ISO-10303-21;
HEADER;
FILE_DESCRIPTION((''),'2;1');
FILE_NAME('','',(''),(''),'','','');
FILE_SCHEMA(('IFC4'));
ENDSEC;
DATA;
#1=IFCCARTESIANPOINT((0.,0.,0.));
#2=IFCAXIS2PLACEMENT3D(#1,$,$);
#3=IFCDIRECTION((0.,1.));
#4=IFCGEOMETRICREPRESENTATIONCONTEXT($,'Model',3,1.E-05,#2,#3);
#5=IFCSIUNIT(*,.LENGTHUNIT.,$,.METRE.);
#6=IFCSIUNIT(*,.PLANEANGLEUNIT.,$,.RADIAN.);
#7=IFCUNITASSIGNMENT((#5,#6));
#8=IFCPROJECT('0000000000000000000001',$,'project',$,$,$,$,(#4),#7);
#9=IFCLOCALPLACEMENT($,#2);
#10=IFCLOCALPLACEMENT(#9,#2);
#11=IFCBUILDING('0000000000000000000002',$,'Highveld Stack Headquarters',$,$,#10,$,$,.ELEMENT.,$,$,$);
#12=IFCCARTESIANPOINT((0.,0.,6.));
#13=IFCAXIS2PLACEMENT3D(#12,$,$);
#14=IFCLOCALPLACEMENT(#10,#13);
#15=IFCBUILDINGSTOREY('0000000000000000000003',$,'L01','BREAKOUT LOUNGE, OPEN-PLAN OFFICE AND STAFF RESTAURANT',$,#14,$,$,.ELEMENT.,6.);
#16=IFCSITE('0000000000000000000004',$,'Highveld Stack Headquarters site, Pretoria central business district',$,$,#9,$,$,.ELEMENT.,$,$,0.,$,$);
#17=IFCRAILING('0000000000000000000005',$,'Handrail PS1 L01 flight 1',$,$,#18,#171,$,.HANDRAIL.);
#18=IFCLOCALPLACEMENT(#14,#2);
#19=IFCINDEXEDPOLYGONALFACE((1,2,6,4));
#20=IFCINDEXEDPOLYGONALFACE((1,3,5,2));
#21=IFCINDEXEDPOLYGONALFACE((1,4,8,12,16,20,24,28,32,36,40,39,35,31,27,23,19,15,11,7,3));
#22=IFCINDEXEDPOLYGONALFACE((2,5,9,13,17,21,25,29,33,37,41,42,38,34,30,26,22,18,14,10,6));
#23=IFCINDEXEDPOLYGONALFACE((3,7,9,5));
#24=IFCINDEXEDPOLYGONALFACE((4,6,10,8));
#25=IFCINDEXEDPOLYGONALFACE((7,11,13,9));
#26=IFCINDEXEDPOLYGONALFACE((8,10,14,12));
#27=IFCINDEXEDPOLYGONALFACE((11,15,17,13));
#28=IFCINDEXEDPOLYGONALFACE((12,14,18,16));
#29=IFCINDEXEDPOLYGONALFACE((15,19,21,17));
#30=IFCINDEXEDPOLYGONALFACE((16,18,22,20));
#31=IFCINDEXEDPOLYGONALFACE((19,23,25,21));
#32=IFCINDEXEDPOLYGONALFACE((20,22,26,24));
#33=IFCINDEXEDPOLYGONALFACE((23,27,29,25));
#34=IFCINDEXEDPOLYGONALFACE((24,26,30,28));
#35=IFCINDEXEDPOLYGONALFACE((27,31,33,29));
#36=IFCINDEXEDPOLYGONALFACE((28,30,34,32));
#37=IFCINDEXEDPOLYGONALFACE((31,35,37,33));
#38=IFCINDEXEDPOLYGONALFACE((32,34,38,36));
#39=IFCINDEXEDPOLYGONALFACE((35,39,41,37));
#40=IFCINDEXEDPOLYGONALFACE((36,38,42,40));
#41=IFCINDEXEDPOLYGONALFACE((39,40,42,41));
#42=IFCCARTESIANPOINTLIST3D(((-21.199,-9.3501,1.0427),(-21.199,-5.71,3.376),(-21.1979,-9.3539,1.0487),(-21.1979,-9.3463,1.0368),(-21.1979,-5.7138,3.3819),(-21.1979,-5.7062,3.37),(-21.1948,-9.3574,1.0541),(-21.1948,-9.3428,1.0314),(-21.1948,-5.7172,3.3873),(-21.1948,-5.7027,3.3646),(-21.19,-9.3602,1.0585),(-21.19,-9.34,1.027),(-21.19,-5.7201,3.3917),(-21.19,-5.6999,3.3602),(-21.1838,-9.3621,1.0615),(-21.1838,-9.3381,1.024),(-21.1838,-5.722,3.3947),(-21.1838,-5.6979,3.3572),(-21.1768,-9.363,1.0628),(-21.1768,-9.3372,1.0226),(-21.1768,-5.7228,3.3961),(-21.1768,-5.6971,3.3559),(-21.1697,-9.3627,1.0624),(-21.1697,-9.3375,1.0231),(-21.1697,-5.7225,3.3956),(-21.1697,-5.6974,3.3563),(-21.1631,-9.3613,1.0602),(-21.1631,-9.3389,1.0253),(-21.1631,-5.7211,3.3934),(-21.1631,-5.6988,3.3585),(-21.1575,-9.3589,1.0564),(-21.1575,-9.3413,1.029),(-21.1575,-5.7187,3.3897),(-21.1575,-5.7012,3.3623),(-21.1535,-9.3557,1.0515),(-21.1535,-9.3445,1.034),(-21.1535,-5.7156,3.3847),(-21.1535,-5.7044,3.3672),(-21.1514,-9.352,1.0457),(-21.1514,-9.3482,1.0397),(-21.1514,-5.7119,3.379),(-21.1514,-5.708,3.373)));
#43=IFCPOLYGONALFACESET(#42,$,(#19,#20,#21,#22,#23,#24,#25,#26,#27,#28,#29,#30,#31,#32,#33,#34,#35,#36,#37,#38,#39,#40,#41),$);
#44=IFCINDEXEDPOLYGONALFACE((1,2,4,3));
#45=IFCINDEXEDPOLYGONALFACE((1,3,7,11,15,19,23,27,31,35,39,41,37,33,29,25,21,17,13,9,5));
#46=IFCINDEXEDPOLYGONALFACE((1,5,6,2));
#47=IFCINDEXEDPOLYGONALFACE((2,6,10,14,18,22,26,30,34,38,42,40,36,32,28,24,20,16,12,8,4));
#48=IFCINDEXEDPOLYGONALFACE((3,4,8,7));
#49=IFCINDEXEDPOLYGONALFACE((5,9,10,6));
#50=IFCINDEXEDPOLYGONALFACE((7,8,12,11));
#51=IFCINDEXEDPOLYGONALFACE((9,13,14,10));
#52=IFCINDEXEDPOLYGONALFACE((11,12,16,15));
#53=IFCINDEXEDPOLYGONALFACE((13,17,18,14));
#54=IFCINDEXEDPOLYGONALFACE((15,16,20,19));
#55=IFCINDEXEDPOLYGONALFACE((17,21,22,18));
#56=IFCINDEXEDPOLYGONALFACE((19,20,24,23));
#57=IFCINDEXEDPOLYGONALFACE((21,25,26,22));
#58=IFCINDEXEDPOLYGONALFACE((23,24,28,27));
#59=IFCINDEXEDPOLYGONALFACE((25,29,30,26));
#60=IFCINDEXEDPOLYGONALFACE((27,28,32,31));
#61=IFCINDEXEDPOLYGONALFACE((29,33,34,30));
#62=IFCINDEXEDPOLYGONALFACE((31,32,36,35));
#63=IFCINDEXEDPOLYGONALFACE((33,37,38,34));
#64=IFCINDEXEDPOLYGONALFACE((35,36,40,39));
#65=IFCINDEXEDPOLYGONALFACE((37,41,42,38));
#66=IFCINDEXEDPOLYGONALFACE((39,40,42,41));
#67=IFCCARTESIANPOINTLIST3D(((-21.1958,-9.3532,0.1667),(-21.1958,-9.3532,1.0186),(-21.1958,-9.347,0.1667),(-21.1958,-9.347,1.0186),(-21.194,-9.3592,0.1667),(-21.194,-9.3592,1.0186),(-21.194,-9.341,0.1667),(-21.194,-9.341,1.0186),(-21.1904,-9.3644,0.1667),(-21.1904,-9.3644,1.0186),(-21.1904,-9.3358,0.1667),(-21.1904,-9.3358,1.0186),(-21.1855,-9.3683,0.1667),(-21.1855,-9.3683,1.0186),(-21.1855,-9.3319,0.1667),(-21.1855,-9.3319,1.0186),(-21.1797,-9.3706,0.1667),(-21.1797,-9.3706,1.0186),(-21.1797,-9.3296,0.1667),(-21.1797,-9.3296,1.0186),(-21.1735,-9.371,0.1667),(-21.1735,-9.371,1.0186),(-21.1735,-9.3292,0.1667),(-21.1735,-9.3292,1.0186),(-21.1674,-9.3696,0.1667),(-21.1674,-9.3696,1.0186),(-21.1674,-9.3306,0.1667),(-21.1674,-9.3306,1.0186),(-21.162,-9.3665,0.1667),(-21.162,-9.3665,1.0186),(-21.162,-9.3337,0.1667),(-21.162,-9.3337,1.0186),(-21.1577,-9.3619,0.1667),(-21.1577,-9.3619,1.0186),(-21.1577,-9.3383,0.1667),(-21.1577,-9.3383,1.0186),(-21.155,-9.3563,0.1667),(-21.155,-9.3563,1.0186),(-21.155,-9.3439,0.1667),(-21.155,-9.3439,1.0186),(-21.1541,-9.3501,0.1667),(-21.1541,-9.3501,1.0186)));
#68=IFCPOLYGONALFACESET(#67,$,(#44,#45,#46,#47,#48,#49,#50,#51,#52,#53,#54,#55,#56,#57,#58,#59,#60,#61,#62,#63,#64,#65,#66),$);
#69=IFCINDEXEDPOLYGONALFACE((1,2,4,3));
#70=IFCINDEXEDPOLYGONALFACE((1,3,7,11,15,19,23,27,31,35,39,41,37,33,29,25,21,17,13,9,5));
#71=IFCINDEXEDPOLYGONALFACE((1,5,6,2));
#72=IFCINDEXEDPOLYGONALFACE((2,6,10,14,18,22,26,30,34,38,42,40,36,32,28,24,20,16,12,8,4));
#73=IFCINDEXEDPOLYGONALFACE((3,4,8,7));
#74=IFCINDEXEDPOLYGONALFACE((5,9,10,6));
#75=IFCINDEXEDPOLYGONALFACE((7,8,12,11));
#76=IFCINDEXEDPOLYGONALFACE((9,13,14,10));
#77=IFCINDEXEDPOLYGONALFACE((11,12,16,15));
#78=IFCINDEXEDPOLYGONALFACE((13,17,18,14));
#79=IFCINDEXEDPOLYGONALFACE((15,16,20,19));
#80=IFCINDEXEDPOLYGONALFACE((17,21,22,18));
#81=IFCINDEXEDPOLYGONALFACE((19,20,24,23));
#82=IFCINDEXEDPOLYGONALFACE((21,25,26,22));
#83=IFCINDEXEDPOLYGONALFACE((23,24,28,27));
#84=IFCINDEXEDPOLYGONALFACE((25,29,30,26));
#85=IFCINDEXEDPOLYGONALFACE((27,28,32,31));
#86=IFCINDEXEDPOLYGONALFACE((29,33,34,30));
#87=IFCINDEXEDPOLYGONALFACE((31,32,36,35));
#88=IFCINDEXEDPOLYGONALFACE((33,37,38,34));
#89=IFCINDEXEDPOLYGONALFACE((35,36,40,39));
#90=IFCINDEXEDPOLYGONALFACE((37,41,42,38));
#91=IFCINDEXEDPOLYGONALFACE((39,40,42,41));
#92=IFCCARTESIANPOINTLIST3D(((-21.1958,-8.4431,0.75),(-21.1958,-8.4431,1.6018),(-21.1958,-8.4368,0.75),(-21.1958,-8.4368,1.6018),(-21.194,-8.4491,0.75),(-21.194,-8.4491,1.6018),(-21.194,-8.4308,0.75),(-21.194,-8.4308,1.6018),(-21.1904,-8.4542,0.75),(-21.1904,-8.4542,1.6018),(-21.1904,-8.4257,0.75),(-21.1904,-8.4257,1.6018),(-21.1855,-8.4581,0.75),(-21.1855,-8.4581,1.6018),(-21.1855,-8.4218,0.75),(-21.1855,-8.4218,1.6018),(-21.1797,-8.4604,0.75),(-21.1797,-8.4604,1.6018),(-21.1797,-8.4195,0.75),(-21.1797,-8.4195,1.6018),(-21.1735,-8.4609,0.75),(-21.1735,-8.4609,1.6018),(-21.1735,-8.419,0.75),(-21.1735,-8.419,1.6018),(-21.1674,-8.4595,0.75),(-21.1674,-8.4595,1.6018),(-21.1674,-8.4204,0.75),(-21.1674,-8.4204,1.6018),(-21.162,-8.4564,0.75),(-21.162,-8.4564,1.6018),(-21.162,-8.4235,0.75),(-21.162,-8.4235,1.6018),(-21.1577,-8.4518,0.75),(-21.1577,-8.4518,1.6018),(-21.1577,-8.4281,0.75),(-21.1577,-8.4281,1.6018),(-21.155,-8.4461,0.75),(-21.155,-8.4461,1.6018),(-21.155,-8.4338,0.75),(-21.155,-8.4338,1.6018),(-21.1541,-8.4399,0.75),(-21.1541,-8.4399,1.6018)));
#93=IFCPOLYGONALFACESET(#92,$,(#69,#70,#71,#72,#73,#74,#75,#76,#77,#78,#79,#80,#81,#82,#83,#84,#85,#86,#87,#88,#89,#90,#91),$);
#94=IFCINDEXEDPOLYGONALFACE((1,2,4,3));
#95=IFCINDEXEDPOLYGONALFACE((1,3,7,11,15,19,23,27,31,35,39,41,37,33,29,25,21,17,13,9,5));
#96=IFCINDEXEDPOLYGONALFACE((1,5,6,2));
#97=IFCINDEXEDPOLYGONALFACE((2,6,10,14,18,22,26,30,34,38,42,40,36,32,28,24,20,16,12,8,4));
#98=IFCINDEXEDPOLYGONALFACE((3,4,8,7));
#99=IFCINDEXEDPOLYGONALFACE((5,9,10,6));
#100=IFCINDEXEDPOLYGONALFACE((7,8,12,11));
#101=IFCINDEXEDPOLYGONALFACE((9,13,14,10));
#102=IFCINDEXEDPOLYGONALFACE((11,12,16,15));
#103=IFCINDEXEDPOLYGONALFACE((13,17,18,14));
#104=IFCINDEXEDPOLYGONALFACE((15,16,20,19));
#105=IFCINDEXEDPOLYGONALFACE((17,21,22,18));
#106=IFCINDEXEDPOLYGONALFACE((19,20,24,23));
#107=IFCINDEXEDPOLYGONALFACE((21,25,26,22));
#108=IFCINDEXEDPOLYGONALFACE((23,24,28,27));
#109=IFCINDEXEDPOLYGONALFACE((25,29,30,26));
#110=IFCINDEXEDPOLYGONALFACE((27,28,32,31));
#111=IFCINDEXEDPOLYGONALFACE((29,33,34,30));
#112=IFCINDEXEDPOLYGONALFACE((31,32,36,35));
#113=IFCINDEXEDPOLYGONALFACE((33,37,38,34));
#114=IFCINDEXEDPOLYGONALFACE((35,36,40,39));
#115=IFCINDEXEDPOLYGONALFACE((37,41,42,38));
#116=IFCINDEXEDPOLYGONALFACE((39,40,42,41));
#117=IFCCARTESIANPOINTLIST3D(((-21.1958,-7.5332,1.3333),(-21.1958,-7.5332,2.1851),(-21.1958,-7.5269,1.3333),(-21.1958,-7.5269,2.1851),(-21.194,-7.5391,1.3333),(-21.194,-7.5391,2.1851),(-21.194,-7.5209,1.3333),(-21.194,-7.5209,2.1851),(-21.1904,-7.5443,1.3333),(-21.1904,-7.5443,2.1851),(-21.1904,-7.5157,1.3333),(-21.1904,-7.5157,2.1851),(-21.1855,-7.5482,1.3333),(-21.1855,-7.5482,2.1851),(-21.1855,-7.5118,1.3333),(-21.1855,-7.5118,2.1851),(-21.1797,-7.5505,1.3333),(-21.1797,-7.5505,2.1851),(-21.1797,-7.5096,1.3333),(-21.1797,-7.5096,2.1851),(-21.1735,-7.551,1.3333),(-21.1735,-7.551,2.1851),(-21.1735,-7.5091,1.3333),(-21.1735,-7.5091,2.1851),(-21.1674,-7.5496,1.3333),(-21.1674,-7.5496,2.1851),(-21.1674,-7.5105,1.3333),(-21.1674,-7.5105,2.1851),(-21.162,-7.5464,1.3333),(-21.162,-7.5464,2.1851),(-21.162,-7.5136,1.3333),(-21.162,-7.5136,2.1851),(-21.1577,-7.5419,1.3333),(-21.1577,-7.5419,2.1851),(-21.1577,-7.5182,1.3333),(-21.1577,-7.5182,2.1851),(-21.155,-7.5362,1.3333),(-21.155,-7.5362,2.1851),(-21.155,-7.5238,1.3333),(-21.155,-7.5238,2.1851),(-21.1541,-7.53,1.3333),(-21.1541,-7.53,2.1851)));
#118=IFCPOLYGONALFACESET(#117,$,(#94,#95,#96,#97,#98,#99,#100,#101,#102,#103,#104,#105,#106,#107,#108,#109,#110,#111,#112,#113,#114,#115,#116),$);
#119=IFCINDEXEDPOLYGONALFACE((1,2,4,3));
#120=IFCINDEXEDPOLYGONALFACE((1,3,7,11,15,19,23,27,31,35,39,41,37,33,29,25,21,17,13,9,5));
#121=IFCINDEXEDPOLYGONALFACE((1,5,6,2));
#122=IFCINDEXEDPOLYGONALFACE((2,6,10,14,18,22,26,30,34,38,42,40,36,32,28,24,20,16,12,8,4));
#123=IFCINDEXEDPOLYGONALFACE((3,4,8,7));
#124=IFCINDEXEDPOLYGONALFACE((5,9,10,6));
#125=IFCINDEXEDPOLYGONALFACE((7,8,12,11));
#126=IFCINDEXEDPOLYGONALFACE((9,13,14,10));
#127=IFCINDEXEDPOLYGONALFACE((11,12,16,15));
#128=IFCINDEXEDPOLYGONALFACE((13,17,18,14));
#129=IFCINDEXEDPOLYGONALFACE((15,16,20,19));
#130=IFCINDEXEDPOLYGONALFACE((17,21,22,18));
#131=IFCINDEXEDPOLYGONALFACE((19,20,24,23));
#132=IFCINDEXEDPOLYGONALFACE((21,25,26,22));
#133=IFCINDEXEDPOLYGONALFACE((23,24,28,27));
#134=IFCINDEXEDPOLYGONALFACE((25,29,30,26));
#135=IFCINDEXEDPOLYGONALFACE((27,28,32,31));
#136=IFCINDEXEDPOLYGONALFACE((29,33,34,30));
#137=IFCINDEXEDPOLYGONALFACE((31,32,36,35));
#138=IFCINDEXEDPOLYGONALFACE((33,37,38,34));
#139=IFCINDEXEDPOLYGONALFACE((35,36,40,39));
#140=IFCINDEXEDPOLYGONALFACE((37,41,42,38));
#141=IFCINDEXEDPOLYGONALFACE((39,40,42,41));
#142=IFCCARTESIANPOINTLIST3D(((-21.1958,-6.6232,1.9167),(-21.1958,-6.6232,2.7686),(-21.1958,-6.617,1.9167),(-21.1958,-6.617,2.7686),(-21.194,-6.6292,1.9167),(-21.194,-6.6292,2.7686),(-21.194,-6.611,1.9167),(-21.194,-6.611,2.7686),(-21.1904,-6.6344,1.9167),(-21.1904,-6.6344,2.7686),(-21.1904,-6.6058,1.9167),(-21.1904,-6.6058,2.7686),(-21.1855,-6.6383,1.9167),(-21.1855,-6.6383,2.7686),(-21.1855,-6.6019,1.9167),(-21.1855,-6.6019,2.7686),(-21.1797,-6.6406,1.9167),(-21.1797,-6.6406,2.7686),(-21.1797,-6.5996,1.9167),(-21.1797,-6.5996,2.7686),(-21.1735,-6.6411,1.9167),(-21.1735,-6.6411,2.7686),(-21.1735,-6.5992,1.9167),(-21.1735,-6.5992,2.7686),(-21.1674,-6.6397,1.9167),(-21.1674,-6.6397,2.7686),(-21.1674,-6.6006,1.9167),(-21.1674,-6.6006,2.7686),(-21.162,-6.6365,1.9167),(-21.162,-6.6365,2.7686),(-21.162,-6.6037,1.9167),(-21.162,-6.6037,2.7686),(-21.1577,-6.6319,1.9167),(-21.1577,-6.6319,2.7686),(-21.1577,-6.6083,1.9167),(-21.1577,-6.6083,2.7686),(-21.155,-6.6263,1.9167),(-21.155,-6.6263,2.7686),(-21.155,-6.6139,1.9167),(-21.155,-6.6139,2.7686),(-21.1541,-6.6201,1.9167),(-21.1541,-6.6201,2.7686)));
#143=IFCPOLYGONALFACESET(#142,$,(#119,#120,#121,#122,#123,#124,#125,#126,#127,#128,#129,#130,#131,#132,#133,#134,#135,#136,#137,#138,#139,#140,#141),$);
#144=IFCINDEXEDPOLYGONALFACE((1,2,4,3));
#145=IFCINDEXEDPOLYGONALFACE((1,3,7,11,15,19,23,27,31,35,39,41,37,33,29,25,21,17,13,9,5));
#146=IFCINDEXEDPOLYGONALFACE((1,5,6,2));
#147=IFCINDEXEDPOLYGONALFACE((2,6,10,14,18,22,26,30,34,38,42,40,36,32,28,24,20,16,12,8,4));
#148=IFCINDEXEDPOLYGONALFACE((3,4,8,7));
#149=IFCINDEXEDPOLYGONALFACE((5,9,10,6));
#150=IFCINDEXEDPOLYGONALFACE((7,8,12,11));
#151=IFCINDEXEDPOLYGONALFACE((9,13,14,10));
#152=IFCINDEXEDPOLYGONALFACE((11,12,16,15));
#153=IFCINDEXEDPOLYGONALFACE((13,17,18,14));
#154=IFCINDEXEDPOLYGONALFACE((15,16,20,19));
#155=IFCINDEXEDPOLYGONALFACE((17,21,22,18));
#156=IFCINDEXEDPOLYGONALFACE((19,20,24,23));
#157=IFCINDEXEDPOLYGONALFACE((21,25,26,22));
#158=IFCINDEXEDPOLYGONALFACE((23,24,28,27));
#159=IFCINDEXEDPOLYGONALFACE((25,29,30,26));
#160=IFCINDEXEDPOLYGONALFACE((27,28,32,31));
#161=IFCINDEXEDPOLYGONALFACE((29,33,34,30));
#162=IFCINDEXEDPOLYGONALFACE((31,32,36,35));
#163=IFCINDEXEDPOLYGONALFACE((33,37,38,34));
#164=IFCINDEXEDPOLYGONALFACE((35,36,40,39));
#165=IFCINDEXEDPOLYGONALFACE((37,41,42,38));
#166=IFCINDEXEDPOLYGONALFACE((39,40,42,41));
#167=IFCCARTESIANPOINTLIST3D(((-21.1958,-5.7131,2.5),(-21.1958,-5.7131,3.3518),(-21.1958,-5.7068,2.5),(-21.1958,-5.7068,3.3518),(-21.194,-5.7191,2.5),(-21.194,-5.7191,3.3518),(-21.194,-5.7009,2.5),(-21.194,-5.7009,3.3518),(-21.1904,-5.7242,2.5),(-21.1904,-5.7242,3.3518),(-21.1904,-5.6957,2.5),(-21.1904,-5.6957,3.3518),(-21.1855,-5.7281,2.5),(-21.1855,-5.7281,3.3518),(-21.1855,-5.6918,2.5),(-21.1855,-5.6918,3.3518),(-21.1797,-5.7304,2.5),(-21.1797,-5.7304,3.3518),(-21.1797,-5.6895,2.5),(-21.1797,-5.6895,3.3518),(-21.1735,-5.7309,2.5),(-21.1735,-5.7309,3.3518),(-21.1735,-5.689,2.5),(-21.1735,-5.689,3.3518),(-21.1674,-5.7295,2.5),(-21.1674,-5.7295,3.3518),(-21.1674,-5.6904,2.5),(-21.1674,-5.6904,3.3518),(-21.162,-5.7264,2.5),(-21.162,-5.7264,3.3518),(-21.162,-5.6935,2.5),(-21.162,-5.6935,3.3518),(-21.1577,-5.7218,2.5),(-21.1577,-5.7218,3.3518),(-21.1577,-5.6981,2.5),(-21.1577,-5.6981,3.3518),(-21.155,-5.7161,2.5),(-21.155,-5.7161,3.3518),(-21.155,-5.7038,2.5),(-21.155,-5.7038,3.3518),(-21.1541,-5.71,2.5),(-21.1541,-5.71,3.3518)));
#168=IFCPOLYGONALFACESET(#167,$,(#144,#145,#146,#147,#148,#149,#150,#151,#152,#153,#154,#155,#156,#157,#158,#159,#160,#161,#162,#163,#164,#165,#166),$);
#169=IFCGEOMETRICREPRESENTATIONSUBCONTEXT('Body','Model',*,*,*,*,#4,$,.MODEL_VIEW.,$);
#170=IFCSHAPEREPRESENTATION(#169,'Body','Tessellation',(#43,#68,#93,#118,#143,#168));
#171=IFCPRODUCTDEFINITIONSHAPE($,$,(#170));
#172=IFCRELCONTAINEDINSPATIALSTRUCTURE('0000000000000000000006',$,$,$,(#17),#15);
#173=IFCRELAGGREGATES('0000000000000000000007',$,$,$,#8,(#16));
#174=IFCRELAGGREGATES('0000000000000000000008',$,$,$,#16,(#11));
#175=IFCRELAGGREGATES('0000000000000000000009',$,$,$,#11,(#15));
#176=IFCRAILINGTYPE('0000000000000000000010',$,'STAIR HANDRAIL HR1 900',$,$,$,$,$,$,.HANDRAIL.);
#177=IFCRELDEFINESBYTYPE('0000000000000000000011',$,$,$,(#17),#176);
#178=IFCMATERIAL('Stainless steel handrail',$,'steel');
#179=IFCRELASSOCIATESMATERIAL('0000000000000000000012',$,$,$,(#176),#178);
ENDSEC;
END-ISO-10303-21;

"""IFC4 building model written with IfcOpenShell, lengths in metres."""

from ifc_helpers import new_model, si_unit, direction, frame, origin, origin_2d, place, context, subcontext, project, spatial, circle, extrude, material, type_object, element, save


model = new_model("IFC4")

# Units and contexts
model_context = context("Model", 3, precision=1e-05, world=origin(), true_north=direction((0.0, 1.0)))
body_context = subcontext(model_context, "Body", "Model", "MODEL_VIEW")
ifc_project = project(units=[si_unit("LENGTHUNIT", "METRE"), si_unit("PLANEANGLEUNIT", "RADIAN")], contexts=[model_context])

# Site, building, storey
site_placement = place(None, origin())
site = spatial("IfcSite", under=ifc_project, at=site_placement, Name="Highveld Stack Headquarters site, Pretoria central business district", CompositionType="ELEMENT", RefElevation=0.0)
building_placement = place(site_placement, origin())
building = spatial("IfcBuilding", under=site, at=building_placement, Name="Highveld Stack Headquarters", CompositionType="ELEMENT")
storey_placement = place(building_placement, frame((0.0, 0.0, 6.0)))
storey = spatial("IfcBuildingStorey", under=building, at=storey_placement, Name="L01", Description="BREAKOUT LOUNGE, OPEN-PLAN OFFICE AND STAFF RESTAURANT", CompositionType="ELEMENT", Elevation=6.0)

# Railing
ifc_material_1 = material(Name="Stainless steel handrail", Category="steel")
railing_type = type_object("IfcRailingType", Name="STAIR HANDRAIL HR1 900", PredefinedType="HANDRAIL", material=ifc_material_1)
for number, where, name in (
    (1, (-21.175, -9.3501, 0.1667), "Handrail PS1 L01 flight 1"),
):
    element("IfcRailing", number, at=place(storey_placement, frame(where)), inside=storey, type_object=railing_type, Name=name, PredefinedType="HANDRAIL", context=body_context, shape_type="SweptSolid", body=[
        extrude(circle(Radius=0.0239, at=origin_2d()), frame((0.0, 0.0, 0.876), z_axis=(0.0, 0.841897, 0.539638), x_axis=(-1.0, 0.0, 0.0)), (0.0, 0.0, 1.0), 4.3237),
        extrude(circle(Radius=0.021, at=origin_2d()), origin(), (0.0, 0.0, 1.0), 0.8518),
        extrude(circle(Radius=0.021, at=origin_2d()), frame((0.0, 0.9102, 0.5833)), (0.0, 0.0, 1.0), 0.8518),
        extrude(circle(Radius=0.021, at=origin_2d()), frame((0.0, 1.8201, 1.1665)), (0.0, 0.0, 1.0), 0.8518),
        extrude(circle(Radius=0.021, at=origin_2d()), frame((0.0, 2.73, 1.75)), (0.0, 0.0, 1.0), 0.8518),
        extrude(circle(Radius=0.021, at=origin_2d()), frame((0.0, 3.6401, 2.3333)), (0.0, 0.0, 1.0), 0.8518),
    ])

save(model, "model.ifc")
